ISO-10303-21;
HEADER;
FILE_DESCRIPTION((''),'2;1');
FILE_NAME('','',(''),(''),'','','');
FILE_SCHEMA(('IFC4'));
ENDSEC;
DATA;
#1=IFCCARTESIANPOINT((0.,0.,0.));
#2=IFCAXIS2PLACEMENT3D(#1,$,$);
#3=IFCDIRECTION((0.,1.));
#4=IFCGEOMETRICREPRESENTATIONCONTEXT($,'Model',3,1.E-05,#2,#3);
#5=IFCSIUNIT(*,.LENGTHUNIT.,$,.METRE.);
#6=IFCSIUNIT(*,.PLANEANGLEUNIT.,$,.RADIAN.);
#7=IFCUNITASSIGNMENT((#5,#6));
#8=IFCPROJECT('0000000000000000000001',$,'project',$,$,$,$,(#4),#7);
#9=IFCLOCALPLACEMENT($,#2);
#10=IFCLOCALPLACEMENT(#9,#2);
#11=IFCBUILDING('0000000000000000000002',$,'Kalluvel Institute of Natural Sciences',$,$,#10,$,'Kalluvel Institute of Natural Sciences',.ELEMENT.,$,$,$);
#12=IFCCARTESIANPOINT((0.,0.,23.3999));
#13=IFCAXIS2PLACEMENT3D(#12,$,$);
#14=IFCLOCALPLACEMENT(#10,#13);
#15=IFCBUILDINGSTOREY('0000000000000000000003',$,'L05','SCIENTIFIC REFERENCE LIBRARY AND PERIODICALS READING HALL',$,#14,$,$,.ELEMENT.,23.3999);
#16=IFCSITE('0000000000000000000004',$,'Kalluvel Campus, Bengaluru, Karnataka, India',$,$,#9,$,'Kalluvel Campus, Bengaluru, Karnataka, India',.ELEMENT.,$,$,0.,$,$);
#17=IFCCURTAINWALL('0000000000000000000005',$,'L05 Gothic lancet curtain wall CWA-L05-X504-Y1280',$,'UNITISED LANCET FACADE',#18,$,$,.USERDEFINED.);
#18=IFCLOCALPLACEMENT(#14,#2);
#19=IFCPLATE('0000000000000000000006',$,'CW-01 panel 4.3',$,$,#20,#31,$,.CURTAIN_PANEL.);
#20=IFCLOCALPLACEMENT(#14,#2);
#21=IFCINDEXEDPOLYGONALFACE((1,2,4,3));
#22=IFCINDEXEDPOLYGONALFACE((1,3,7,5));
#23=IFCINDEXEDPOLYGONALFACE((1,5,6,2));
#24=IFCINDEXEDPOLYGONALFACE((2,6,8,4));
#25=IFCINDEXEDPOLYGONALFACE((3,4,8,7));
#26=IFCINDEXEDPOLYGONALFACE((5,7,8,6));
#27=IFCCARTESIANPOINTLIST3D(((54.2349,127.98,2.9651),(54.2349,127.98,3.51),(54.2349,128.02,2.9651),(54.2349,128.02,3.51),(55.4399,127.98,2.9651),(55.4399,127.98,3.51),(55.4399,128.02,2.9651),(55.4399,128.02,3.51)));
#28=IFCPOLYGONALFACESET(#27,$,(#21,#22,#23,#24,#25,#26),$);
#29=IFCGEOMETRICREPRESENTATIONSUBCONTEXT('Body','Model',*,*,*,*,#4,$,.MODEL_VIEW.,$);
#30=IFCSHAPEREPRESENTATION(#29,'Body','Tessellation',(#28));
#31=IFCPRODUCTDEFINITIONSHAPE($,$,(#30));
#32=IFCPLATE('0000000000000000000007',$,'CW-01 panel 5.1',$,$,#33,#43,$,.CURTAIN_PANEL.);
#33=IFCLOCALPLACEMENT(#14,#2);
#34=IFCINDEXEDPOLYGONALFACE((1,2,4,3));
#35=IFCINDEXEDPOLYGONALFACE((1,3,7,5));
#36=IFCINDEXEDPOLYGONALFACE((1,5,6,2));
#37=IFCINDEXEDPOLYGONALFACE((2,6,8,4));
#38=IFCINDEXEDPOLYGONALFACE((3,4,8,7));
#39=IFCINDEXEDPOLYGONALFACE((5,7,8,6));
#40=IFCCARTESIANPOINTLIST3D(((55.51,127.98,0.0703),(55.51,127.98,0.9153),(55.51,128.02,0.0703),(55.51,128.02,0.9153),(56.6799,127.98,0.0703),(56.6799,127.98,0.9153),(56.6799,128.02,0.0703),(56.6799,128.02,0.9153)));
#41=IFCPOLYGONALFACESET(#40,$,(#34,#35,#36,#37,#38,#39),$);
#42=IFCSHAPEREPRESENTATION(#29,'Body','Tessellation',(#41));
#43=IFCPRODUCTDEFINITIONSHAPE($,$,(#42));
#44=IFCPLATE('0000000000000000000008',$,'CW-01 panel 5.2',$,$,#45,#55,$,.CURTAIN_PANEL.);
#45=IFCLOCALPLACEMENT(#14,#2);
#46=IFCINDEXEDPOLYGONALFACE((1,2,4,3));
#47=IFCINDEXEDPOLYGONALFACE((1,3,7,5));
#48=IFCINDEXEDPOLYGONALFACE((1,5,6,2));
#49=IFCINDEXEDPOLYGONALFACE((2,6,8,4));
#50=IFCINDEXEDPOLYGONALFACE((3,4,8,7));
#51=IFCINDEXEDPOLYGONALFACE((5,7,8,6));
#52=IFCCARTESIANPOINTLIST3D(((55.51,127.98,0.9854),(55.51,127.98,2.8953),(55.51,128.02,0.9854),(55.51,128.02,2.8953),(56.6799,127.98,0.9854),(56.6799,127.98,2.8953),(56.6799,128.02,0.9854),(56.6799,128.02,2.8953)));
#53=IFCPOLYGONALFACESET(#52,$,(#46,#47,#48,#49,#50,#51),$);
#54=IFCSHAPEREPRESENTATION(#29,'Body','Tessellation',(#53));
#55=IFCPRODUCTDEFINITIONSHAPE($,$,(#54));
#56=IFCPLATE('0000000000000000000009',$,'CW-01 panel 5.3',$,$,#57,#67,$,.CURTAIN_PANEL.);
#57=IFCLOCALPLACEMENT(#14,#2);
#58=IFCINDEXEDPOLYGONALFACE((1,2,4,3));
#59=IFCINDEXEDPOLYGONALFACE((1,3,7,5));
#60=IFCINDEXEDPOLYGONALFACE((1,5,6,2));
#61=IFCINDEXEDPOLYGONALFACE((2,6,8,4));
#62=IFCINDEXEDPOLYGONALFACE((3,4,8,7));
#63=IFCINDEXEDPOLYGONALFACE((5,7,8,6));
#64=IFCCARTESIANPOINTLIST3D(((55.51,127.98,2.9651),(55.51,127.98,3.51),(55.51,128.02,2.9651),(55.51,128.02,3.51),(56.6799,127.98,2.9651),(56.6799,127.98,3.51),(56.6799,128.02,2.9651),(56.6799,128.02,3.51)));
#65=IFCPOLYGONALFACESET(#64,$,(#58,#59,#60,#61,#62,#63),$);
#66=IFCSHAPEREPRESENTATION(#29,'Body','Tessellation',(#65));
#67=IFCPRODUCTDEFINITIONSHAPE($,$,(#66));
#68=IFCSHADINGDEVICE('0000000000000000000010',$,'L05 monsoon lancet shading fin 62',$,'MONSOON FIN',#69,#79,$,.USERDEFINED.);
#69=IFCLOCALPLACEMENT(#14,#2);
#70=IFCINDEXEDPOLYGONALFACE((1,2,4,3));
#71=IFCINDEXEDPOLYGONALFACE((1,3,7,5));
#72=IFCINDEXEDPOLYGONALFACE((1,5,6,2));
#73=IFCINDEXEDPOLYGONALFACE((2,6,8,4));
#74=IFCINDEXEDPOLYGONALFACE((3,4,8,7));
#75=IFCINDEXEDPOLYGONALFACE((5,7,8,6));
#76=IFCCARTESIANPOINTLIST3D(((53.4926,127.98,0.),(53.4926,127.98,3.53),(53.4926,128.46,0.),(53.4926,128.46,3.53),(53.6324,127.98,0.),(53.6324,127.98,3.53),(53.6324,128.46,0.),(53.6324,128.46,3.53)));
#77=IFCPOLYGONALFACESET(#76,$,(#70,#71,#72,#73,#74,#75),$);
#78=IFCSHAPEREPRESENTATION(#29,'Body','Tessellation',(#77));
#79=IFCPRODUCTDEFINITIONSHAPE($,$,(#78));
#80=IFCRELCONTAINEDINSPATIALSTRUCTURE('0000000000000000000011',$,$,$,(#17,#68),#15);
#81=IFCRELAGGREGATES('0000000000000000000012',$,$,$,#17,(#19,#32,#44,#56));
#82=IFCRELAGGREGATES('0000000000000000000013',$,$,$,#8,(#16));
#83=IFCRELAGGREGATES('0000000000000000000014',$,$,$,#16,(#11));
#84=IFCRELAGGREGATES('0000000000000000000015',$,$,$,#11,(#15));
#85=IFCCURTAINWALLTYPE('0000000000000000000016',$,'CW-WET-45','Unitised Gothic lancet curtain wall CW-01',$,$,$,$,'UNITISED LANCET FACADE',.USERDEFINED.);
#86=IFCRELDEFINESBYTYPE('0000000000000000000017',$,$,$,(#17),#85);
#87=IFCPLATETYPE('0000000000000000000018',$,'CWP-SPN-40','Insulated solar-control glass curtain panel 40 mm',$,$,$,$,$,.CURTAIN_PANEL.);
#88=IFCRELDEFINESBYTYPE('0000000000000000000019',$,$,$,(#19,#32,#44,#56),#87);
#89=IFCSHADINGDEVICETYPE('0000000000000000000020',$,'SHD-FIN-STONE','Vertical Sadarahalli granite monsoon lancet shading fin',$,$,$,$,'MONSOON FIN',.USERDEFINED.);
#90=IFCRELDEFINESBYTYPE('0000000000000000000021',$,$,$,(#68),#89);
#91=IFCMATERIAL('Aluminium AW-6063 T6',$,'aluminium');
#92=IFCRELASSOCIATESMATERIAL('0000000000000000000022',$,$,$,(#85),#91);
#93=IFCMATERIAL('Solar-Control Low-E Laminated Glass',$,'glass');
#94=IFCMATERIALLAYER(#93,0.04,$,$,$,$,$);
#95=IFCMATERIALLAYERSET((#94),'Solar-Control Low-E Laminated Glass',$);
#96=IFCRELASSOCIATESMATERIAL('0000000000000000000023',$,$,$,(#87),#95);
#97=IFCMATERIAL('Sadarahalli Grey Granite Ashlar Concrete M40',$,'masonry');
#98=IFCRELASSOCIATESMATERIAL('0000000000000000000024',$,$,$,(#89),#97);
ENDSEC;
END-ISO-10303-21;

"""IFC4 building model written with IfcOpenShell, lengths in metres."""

from ifc_helpers import new_model, si_unit, direction, frame, origin, origin_2d, place, context, subcontext, project, spatial, rectangle, extrude, material, layer, layer_set, type_object, element, aggregate, save


model = new_model("IFC4")

# Units and contexts
model_context = context("Model", 3, precision=1e-05, world=origin(), true_north=direction((0.0, 1.0)))
body_context = subcontext(model_context, "Body", "Model", "MODEL_VIEW")
ifc_project = project(units=[si_unit("LENGTHUNIT", "METRE"), si_unit("PLANEANGLEUNIT", "RADIAN")], contexts=[model_context])

# Site, building, storey
site_placement = place(None, origin())
site = spatial("IfcSite", under=ifc_project, at=site_placement, Name="Kalluvel Campus, Bengaluru, Karnataka, India", LongName="Kalluvel Campus, Bengaluru, Karnataka, India", CompositionType="ELEMENT", RefElevation=0.0)
building_placement = place(site_placement, origin())
building = spatial("IfcBuilding", under=site, at=building_placement, Name="Kalluvel Institute of Natural Sciences", LongName="Kalluvel Institute of Natural Sciences", CompositionType="ELEMENT")
storey_placement = place(building_placement, frame((0.0, 0.0, 23.3999)))
storey = spatial("IfcBuildingStorey", under=building, at=storey_placement, Name="L05", Description="SCIENTIFIC REFERENCE LIBRARY AND PERIODICALS READING HALL", CompositionType="ELEMENT", Elevation=23.3999)

# Curtain wall, plates
ifc_material_1 = material(Name="Aluminium AW-6063 T6", Category="aluminium")
curtain_wall_type = type_object("IfcCurtainWallType", Name="CW-WET-45", Description="Unitised Gothic lancet curtain wall CW-01", ElementType="UNITISED LANCET FACADE", PredefinedType="USERDEFINED", material=ifc_material_1)
curtain_wall_placement = place(storey_placement, origin())
curtain_wall = element("IfcCurtainWall", 1, at=curtain_wall_placement, inside=storey, type_object=curtain_wall_type, Name="L05 Gothic lancet curtain wall CWA-L05-X504-Y1280", ObjectType="UNITISED LANCET FACADE", PredefinedType="USERDEFINED")
ifc_material_2 = material(Name="Solar-Control Low-E Laminated Glass", Category="glass")
ifc_layer = layer(ifc_material_2, 0.04)
ifc_layer_set = layer_set([ifc_layer], Name="Solar-Control Low-E Laminated Glass")
plate_type = type_object("IfcPlateType", Name="CWP-SPN-40", Description="Insulated solar-control glass curtain panel 40 mm", PredefinedType="CURTAIN_PANEL", material=ifc_layer_set)
plate_1_placement = place(storey_placement, frame((54.8374, 128.0, 2.9651), z_axis=(0.0, 0.0, 1.0), x_axis=(1.0, 0.0, 0.0)))
plate_1 = element("IfcPlate", 2, at=plate_1_placement, type_object=plate_type, Name="CW-01 panel 4.3", PredefinedType="CURTAIN_PANEL", context=body_context, shape_type="SweptSolid", body=[
    extrude(rectangle(XDim=1.2051, YDim=0.04, at=origin_2d()), origin(), (0.0, 0.0, 1.0), 0.5449),
])
plate_2_placement = place(storey_placement, frame((56.095, 128.0, 0.0703), z_axis=(0.0, 0.0, 1.0), x_axis=(1.0, 0.0, 0.0)))
plate_2 = element("IfcPlate", 3, at=plate_2_placement, type_object=plate_type, Name="CW-01 panel 5.1", PredefinedType="CURTAIN_PANEL", context=body_context, shape_type="SweptSolid", body=[
    extrude(rectangle(XDim=1.1699, YDim=0.04, at=origin_2d()), origin(), (0.0, 0.0, 1.0), 0.845),
])
plate_3_placement = place(storey_placement, frame((56.095, 128.0, 0.9854), z_axis=(0.0, 0.0, 1.0), x_axis=(1.0, 0.0, 0.0)))
plate_3 = element("IfcPlate", 4, at=plate_3_placement, type_object=plate_type, Name="CW-01 panel 5.2", PredefinedType="CURTAIN_PANEL", context=body_context, shape_type="SweptSolid", body=[
    extrude(rectangle(XDim=1.1699, YDim=0.04, at=origin_2d()), origin(), (0.0, 0.0, 1.0), 1.9099),
])
plate_4_placement = place(storey_placement, frame((56.095, 128.0, 2.9651), z_axis=(0.0, 0.0, 1.0), x_axis=(1.0, 0.0, 0.0)))
plate_4 = element("IfcPlate", 5, at=plate_4_placement, type_object=plate_type, Name="CW-01 panel 5.3", PredefinedType="CURTAIN_PANEL", context=body_context, shape_type="SweptSolid", body=[
    extrude(rectangle(XDim=1.1699, YDim=0.04, at=origin_2d()), origin(), (0.0, 0.0, 1.0), 0.5449),
])
aggregate(curtain_wall, [plate_1, plate_2, plate_3, plate_4])

# Shading device
ifc_material_3 = material(Name="Sadarahalli Grey Granite Ashlar Concrete M40", Category="masonry")
shading_device_type = type_object("IfcShadingDeviceType", Name="SHD-FIN-STONE", Description="Vertical Sadarahalli granite monsoon lancet shading fin", ElementType="MONSOON FIN", PredefinedType="USERDEFINED", material=ifc_material_3)
shading_device_placement = place(storey_placement, frame((53.5625, 128.22, 0.0), z_axis=(0.0, 0.0, 1.0), x_axis=(1.0, 0.0, 0.0)))
element("IfcShadingDevice", 6, at=shading_device_placement, inside=storey, type_object=shading_device_type, Name="L05 monsoon lancet shading fin 62", ObjectType="MONSOON FIN", PredefinedType="USERDEFINED", context=body_context, shape_type="SweptSolid", body=[
    extrude(rectangle(XDim=0.1399, YDim=0.48, at=origin_2d()), origin(), (0.0, 0.0, 1.0), 3.53),
])

save(model, "model.ifc")
